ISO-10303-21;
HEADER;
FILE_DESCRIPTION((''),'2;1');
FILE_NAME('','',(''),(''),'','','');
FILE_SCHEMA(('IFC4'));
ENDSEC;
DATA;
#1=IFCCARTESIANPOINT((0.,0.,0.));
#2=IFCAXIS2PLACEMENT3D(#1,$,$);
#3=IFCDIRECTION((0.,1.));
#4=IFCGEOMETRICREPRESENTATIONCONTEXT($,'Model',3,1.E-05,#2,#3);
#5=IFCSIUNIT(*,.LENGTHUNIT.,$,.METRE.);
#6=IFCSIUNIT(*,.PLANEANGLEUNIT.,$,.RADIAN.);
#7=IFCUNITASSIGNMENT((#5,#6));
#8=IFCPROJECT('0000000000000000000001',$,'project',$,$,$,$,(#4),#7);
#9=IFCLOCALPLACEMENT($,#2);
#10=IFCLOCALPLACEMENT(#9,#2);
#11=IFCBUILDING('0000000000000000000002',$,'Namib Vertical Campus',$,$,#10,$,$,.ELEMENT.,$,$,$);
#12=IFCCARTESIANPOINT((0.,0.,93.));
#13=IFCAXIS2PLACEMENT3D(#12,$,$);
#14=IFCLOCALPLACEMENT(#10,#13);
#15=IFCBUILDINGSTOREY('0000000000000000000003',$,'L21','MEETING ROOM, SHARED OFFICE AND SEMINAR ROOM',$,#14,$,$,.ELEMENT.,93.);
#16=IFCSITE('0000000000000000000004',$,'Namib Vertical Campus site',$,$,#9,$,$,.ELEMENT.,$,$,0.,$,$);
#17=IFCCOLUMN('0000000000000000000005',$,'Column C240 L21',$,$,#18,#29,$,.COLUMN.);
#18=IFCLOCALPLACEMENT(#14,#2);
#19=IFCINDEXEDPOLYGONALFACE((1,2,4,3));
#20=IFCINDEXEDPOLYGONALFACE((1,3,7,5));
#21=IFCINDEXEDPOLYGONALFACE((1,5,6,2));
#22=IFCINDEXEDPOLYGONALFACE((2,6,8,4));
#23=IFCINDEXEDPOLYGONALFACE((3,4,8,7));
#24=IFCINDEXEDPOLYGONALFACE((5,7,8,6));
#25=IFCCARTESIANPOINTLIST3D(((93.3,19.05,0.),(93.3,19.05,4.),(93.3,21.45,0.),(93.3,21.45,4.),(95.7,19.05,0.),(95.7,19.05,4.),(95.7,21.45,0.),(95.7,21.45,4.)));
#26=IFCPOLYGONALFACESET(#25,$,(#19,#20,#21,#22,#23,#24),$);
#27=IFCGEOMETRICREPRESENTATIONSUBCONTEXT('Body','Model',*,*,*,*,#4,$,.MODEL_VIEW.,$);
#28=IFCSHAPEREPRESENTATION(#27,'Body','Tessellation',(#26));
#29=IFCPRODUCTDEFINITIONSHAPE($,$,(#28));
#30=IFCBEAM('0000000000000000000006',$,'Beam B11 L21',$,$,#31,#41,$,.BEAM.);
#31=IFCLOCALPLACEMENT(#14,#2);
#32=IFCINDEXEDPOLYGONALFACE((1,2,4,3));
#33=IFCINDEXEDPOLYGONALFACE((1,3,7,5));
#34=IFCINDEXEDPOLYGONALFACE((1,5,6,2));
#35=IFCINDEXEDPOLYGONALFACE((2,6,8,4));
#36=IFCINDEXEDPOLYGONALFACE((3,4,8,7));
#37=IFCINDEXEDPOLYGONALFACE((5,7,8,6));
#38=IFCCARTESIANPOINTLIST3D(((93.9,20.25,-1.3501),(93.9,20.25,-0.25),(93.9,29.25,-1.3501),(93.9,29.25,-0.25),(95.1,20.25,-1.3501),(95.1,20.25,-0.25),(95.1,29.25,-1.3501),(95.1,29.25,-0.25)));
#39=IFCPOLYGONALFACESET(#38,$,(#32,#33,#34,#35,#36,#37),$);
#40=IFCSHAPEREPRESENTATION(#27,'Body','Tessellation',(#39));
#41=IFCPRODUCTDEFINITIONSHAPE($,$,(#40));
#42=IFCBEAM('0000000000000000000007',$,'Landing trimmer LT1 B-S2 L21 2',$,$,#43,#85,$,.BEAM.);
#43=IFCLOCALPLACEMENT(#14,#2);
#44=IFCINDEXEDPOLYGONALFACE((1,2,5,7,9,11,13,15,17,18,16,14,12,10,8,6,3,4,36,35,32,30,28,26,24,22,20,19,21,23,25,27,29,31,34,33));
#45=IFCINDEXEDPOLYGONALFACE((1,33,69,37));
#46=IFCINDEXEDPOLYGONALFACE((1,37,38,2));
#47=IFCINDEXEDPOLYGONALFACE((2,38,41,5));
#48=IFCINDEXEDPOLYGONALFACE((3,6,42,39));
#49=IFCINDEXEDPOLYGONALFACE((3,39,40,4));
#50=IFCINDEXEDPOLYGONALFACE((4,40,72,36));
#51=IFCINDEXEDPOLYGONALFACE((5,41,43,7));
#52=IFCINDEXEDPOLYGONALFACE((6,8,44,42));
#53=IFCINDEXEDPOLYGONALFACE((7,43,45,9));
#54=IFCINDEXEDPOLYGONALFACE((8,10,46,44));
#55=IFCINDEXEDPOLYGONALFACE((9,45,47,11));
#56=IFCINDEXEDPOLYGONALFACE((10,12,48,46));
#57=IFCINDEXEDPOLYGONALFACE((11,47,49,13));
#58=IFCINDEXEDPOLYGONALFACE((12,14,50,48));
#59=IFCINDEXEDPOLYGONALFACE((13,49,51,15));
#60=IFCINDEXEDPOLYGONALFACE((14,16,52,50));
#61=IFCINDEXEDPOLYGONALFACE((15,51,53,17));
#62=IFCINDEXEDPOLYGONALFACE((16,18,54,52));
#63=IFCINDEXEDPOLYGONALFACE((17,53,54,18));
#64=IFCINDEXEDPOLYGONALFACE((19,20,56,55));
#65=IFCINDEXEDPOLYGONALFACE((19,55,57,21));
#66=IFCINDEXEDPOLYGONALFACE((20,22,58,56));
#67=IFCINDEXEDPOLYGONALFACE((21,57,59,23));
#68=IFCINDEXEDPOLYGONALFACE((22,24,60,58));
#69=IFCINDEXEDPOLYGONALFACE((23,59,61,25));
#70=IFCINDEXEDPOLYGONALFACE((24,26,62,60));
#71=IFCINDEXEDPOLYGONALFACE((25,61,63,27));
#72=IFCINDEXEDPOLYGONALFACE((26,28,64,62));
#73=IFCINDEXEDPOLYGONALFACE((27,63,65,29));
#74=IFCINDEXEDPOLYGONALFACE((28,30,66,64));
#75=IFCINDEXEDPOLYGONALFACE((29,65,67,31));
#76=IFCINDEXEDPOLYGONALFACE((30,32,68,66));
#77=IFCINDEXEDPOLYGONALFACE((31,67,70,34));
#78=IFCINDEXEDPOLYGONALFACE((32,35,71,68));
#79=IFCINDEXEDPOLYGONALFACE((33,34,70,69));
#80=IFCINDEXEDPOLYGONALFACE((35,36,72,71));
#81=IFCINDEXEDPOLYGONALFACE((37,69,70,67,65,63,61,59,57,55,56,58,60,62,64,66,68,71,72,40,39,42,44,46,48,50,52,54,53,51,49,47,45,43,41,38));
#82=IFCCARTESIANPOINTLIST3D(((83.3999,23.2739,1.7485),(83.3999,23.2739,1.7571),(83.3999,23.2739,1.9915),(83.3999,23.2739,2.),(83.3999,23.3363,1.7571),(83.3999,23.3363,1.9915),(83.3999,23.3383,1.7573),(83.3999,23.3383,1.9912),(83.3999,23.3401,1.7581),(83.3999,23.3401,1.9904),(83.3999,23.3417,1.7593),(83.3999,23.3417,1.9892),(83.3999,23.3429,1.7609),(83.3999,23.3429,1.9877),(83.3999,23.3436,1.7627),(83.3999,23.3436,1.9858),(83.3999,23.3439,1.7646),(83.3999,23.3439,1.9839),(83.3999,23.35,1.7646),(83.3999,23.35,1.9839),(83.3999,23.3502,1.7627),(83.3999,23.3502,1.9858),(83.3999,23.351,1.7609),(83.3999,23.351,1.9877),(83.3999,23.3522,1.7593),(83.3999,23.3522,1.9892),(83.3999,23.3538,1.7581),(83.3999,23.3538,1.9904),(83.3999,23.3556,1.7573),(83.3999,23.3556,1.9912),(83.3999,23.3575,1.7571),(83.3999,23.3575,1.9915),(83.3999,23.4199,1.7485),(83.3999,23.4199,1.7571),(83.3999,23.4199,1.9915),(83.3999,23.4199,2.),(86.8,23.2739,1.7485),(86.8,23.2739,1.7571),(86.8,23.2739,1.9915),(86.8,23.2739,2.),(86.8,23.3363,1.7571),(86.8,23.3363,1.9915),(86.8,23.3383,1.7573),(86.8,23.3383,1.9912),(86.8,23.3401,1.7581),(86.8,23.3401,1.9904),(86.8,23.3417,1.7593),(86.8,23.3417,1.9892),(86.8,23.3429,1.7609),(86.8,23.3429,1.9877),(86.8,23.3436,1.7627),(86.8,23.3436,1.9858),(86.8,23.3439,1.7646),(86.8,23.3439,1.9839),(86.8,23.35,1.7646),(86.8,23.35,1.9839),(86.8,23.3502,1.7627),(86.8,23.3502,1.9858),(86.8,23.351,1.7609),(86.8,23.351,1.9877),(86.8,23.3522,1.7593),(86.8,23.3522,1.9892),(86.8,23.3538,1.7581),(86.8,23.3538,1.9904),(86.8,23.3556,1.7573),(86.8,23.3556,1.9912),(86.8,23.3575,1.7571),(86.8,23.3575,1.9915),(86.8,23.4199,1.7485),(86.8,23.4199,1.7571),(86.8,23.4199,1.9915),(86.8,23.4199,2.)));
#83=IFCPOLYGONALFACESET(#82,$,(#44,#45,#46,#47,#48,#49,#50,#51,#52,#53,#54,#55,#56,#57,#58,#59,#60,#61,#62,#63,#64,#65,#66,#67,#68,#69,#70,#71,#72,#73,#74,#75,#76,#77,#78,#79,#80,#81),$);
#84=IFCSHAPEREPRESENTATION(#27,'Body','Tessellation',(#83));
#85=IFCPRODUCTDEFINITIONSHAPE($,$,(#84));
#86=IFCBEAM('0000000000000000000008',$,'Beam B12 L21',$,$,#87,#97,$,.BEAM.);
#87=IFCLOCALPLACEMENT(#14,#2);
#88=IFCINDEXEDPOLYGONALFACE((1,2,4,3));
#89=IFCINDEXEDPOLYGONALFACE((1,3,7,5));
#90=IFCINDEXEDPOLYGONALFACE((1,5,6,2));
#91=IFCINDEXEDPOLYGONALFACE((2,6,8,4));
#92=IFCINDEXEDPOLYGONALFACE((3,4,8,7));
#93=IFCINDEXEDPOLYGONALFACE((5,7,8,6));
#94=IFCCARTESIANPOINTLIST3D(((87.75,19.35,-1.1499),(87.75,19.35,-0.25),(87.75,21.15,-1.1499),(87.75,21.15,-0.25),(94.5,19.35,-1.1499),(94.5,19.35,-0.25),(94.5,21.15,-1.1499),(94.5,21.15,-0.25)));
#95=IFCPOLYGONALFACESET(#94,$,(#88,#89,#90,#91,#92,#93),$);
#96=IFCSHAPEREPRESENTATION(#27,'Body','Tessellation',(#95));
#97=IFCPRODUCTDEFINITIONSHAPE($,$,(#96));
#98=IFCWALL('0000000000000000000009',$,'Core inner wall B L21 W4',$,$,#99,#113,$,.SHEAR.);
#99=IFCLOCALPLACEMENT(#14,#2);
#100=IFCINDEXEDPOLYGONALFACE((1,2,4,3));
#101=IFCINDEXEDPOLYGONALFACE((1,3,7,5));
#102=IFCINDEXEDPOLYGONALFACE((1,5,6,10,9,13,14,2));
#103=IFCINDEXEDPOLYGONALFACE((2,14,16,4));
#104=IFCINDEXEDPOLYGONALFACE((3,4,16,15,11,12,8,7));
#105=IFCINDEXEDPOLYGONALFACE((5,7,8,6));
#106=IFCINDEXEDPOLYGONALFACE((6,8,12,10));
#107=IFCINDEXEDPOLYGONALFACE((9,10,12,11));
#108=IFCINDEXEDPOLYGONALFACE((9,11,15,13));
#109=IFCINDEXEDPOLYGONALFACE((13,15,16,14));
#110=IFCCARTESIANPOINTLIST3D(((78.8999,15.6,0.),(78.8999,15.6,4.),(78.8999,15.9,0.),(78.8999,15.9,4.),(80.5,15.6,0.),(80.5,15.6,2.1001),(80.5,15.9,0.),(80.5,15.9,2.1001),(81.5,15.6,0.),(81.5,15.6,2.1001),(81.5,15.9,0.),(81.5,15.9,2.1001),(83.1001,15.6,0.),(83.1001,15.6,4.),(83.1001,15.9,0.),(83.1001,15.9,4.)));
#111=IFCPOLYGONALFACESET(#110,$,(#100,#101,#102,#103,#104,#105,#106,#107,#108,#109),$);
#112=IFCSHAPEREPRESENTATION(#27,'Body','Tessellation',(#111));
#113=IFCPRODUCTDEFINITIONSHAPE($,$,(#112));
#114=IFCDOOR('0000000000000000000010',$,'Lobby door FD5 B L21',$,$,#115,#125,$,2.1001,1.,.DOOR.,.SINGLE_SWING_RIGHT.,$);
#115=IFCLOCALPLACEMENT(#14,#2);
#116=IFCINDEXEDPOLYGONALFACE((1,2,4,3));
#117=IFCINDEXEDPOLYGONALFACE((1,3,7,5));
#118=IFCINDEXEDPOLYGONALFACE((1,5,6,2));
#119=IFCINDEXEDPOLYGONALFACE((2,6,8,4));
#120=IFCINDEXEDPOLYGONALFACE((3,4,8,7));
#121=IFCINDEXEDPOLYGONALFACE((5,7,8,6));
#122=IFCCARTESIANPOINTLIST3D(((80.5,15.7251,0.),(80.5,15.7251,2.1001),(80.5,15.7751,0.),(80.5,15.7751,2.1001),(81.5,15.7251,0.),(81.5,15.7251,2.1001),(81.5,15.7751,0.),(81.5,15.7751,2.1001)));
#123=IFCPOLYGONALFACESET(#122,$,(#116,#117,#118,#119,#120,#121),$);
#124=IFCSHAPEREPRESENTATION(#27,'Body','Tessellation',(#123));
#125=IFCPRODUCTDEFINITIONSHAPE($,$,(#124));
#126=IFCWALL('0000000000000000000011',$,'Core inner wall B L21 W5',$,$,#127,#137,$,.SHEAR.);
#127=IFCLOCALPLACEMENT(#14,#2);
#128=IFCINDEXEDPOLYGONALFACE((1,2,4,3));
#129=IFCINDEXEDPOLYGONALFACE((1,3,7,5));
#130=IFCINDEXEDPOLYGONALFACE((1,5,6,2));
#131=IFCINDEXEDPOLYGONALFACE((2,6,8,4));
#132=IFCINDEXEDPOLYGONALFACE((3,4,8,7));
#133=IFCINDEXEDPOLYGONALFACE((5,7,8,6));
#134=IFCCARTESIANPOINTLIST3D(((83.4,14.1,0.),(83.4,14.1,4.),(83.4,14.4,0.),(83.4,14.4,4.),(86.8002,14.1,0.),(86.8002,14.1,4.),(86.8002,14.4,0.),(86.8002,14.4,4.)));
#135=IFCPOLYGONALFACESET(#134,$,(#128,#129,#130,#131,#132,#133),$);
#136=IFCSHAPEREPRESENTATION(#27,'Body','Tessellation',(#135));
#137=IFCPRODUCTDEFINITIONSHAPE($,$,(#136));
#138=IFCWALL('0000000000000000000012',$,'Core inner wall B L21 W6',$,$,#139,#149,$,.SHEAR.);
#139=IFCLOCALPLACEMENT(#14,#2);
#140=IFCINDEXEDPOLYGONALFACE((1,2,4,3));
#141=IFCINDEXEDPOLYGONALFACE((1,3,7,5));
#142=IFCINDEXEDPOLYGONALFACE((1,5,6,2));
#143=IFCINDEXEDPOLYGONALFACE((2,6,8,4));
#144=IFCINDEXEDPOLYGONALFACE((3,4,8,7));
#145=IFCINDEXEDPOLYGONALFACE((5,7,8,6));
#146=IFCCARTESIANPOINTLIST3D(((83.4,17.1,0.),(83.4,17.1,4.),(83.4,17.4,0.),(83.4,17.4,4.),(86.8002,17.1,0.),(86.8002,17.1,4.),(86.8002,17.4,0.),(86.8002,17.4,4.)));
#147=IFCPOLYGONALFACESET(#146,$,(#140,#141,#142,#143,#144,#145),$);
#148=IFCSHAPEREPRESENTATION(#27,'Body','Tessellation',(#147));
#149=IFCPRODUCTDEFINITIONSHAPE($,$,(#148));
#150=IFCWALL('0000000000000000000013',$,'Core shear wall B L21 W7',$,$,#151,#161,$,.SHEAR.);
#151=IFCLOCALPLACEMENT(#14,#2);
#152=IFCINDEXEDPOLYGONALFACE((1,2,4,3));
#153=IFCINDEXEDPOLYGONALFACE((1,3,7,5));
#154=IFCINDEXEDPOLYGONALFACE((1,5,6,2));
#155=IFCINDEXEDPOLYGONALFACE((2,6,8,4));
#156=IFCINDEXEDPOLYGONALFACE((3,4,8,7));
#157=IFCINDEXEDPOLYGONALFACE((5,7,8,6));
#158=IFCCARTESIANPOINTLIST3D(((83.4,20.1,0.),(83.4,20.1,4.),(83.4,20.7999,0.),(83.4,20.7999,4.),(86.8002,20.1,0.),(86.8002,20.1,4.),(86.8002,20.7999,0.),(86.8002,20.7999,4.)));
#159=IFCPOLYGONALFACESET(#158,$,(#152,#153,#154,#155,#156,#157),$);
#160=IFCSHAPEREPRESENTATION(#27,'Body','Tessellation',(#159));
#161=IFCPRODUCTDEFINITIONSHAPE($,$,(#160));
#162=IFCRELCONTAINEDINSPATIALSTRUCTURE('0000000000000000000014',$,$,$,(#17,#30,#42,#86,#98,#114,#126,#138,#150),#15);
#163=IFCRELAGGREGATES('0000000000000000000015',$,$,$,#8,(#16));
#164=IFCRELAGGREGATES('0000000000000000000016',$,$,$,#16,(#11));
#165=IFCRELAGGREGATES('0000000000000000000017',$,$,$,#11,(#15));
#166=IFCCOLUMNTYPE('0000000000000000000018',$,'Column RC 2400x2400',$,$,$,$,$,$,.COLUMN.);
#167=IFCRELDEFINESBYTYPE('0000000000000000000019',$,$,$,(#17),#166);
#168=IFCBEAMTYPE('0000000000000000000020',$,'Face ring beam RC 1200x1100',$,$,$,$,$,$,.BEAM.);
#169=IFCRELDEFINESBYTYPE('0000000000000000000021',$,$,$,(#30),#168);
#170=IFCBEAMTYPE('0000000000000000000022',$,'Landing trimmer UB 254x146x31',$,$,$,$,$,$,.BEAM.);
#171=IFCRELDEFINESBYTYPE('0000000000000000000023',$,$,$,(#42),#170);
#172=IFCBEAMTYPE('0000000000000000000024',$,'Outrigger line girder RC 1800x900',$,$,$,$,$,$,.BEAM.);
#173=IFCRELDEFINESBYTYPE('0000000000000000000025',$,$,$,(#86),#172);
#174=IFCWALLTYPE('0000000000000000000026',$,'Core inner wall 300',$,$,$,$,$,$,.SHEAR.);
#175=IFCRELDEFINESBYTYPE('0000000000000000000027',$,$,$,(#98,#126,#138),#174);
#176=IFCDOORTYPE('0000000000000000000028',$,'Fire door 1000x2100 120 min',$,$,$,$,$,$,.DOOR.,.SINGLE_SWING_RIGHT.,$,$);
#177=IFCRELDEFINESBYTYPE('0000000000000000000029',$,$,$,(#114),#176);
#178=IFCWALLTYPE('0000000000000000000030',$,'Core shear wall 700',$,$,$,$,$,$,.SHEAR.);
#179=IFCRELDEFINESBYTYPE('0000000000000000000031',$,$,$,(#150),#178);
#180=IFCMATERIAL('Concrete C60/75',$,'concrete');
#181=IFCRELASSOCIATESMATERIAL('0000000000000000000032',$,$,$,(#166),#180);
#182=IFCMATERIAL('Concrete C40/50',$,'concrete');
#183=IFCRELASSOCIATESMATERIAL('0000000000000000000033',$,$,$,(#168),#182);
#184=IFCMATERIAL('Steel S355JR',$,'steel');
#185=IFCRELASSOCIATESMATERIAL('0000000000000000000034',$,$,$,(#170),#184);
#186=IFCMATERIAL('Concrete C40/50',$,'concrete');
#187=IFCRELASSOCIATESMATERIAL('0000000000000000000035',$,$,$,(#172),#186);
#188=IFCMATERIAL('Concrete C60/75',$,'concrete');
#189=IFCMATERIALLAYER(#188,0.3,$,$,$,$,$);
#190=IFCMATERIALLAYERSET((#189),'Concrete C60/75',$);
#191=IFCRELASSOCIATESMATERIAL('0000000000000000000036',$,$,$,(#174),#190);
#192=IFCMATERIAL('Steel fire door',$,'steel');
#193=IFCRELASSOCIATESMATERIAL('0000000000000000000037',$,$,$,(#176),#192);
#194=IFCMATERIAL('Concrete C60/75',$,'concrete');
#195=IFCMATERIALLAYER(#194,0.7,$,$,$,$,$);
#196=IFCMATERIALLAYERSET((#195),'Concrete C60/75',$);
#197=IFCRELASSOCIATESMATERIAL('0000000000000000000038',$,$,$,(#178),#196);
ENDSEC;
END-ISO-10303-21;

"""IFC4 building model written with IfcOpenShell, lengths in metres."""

from ifc_helpers import new_model, si_unit, direction, frame, frame_2d, origin, origin_2d, place, context, subcontext, project, spatial, rectangle, i_section, extrude, material, layer, layer_set, material_profile, profile_set, type_object, element, fill, save


model = new_model("IFC4")

# Units and contexts
model_context = context("Model", 3, precision=1e-05, world=origin(), true_north=direction((0.0, 1.0)))
body_context = subcontext(model_context, "Body", "Model", "MODEL_VIEW")
ifc_project = project(units=[si_unit("LENGTHUNIT", "METRE"), si_unit("PLANEANGLEUNIT", "RADIAN")], contexts=[model_context])

# Site, building, storey
site_placement = place(None, origin())
site = spatial("IfcSite", under=ifc_project, at=site_placement, Name="Namib Vertical Campus site", CompositionType="ELEMENT", RefElevation=0.0)
building_placement = place(site_placement, origin())
building = spatial("IfcBuilding", under=site, at=building_placement, Name="Namib Vertical Campus", CompositionType="ELEMENT")
storey_placement = place(building_placement, frame((0.0, 0.0, 93.0)))
storey = spatial("IfcBuildingStorey", under=building, at=storey_placement, Name="L21", Description="MEETING ROOM, SHARED OFFICE AND SEMINAR ROOM", CompositionType="ELEMENT", Elevation=93.0)

# Column
ifc_material_1 = material(Name="Concrete C60/75", Category="concrete")
ifc_material_profile_1 = material_profile(ifc_material_1, rectangle(XDim=2.3999, YDim=2.3999, at=origin_2d()))
ifc_profile_set_1 = profile_set([ifc_material_profile_1], Name="Concrete C60/75")
column_type = type_object("IfcColumnType", Name="Column RC 2400x2400", PredefinedType="COLUMN", material=ifc_profile_set_1)
column_placement = place(storey_placement, frame((94.5, 20.25, 0.0), z_axis=(0.0, 0.0, 1.0), x_axis=(1.0, 0.0, 0.0)))
element("IfcColumn", 1, at=column_placement, inside=storey, type_object=column_type, Name="Column C240 L21", PredefinedType="COLUMN", context=body_context, shape_type="SweptSolid", body=[
    extrude(rectangle(XDim=2.3999, YDim=2.3999, at=origin_2d()), origin(), (0.0, 0.0, 1.0), 4.0),
])

# Beams
ifc_material_2 = material(Name="Concrete C40/50", Category="concrete")
ifc_material_profile_2 = material_profile(ifc_material_2, rectangle(XDim=1.2, YDim=1.1001, at=origin_2d()))
ifc_profile_set_2 = profile_set([ifc_material_profile_2], Name="Concrete C40/50")
beam_type_1 = type_object("IfcBeamType", Name="Face ring beam RC 1200x1100", PredefinedType="BEAM", material=ifc_profile_set_2)
beam_1_placement = place(storey_placement, frame((94.5, 20.25, -0.8), z_axis=(0.0, 1.0, 0.0), x_axis=(-1.0, 0.0, 0.0)))
element("IfcBeam", 2, at=beam_1_placement, inside=storey, type_object=beam_type_1, Name="Beam B11 L21", PredefinedType="BEAM", context=body_context, shape_type="SweptSolid", body=[
    extrude(rectangle(XDim=1.2, YDim=1.1001, at=origin_2d()), origin(), (0.0, 0.0, 1.0), 9.0),
])
ifc_material_3 = material(Name="Steel S355JR", Category="steel")
ifc_material_profile_3 = material_profile(ifc_material_3, i_section(OverallWidth=0.146, OverallDepth=0.2515, WebThickness=0.0061, FlangeThickness=0.0085, FilletRadius=0.0076, at=origin_2d()))
ifc_profile_set_3 = profile_set([ifc_material_profile_3], Name="Steel S355JR")
beam_type_2 = type_object("IfcBeamType", Name="Landing trimmer UB 254x146x31", PredefinedType="BEAM", material=ifc_profile_set_3)
beam_2_placement = place(storey_placement, frame((83.3999, 23.3469, 1.8743), z_axis=(1.0, 0.0, 0.0), x_axis=(0.0, 1.0, 0.0)))
element("IfcBeam", 3, at=beam_2_placement, inside=storey, type_object=beam_type_2, Name="Landing trimmer LT1 B-S2 L21 2", PredefinedType="BEAM", context=body_context, shape_type="SweptSolid", body=[
    extrude(i_section(OverallWidth=0.146, OverallDepth=0.2515, WebThickness=0.0061, FlangeThickness=0.0085, FilletRadius=0.0076, at=origin_2d()), origin(), (0.0, 0.0, 1.0), 3.4001),
])
ifc_material_4 = material(Name="Concrete C40/50", Category="concrete")
ifc_material_profile_4 = material_profile(ifc_material_4, rectangle(XDim=1.8, YDim=0.8999, at=origin_2d()))
ifc_profile_set_4 = profile_set([ifc_material_profile_4], Name="Concrete C40/50")
beam_type_3 = type_object("IfcBeamType", Name="Outrigger line girder RC 1800x900", PredefinedType="BEAM", material=ifc_profile_set_4)
beam_3_placement = place(storey_placement, frame((94.5, 20.25, -0.7), z_axis=(-1.0, 0.0, 0.0), x_axis=(0.0, -1.0, 0.0)))
element("IfcBeam", 4, at=beam_3_placement, inside=storey, type_object=beam_type_3, Name="Beam B12 L21", PredefinedType="BEAM", context=body_context, shape_type="SweptSolid", body=[
    extrude(rectangle(XDim=1.8, YDim=0.8999, at=origin_2d()), origin(), (0.0, 0.0, 1.0), 6.75),
])

# Wall, opening, door
ifc_material_5 = material(Name="Concrete C60/75", Category="concrete")
ifc_layer_1 = layer(ifc_material_5, 0.3)
ifc_layer_set_1 = layer_set([ifc_layer_1], Name="Concrete C60/75")
wall_type_1 = type_object("IfcWallType", Name="Core inner wall 300", PredefinedType="SHEAR", material=ifc_layer_set_1)
wall_1_placement = place(storey_placement, frame((78.8999, 15.75, 0.0), z_axis=(0.0, 0.0, 1.0), x_axis=(1.0, 0.0, 0.0)))
wall_1 = element("IfcWall", 5, at=wall_1_placement, inside=storey, type_object=wall_type_1, Name="Core inner wall B L21 W4", PredefinedType="SHEAR", context=body_context, shape_type="SweptSolid", body=[
    extrude(rectangle(XDim=4.2002, YDim=0.3, at=frame_2d((2.1001, 0.0))), origin(), (0.0, 0.0, 1.0), 4.0),
])
opening_1_placement = place(wall_1_placement, frame((1.6001, 0.0, 0.0)))
opening_1 = element("IfcOpeningElement", 6, at=opening_1_placement, cuts=wall_1, PredefinedType="OPENING", context=body_context, shape_type="SweptSolid", body=[
    extrude(rectangle(XDim=1.0, YDim=2.1001, at=frame_2d((0.5, 1.05))), frame((0.0, 0.1599, 0.0), z_axis=(0.0, -1.0, 0.0), x_axis=(1.0, 0.0, 0.0)), (0.0, 0.0, 1.0), 0.3201),
])
ifc_material_6 = material(Name="Steel fire door", Category="steel")
door_type_1 = type_object("IfcDoorType", Name="Fire door 1000x2100 120 min", OperationType="SINGLE_SWING_RIGHT", PredefinedType="DOOR", material=ifc_material_6)
door_1_placement = place(opening_1_placement, frame((1.0, 0.0, 0.0), z_axis=(0.0, 0.0, 1.0), x_axis=(-1.0, 0.0, 0.0)))
door_1 = element("IfcDoor", 7, at=door_1_placement, inside=storey, type_object=door_type_1, Name="Lobby door FD5 B L21", OperationType="SINGLE_SWING_RIGHT", OverallHeight=2.1001, OverallWidth=1.0, PredefinedType="DOOR", context=body_context, shape_type="SweptSolid", body=[
    extrude(rectangle(XDim=1.0, YDim=2.1001, at=frame_2d((0.5, 1.05))), frame((0.0, 0.0249, 0.0), z_axis=(0.0, -1.0, 0.0), x_axis=(1.0, 0.0, 0.0)), (0.0, 0.0, 1.0), 0.05),
])
fill(opening_1, door_1)

# Walls
for number, where, z_axis, x_axis, name in (
    (8, (83.3999, 14.25, 0.0), (0.0, 0.0, 1.0), (1.0, 0.0, 0.0), "Core inner wall B L21 W5"),
    (9, (83.3999, 17.25, 0.0), (0.0, 0.0, 1.0), (1.0, 0.0, 0.0), "Core inner wall B L21 W6"),
):
    element("IfcWall", number, at=place(storey_placement, frame(where, z_axis=z_axis, x_axis=x_axis)), inside=storey, type_object=wall_type_1, Name=name, PredefinedType="SHEAR", context=body_context, shape_type="SweptSolid", body=[
        extrude(rectangle(XDim=3.4001, YDim=0.3, at=frame_2d((1.7002, 0.0))), origin(), (0.0, 0.0, 1.0), 4.0),
    ])
ifc_material_7 = material(Name="Concrete C60/75", Category="concrete")
ifc_layer_2 = layer(ifc_material_7, 0.7)
ifc_layer_set_2 = layer_set([ifc_layer_2], Name="Concrete C60/75")
wall_type_2 = type_object("IfcWallType", Name="Core shear wall 700", PredefinedType="SHEAR", material=ifc_layer_set_2)
wall_2_placement = place(storey_placement, frame((83.3999, 20.45, 0.0), z_axis=(0.0, 0.0, 1.0), x_axis=(1.0, 0.0, 0.0)))
element("IfcWall", 10, at=wall_2_placement, inside=storey, type_object=wall_type_2, Name="Core shear wall B L21 W7", PredefinedType="SHEAR", context=body_context, shape_type="SweptSolid", body=[
    extrude(rectangle(XDim=3.4001, YDim=0.7, at=frame_2d((1.7002, 0.0))), origin(), (0.0, 0.0, 1.0), 4.0),
])

save(model, "model.ifc")
